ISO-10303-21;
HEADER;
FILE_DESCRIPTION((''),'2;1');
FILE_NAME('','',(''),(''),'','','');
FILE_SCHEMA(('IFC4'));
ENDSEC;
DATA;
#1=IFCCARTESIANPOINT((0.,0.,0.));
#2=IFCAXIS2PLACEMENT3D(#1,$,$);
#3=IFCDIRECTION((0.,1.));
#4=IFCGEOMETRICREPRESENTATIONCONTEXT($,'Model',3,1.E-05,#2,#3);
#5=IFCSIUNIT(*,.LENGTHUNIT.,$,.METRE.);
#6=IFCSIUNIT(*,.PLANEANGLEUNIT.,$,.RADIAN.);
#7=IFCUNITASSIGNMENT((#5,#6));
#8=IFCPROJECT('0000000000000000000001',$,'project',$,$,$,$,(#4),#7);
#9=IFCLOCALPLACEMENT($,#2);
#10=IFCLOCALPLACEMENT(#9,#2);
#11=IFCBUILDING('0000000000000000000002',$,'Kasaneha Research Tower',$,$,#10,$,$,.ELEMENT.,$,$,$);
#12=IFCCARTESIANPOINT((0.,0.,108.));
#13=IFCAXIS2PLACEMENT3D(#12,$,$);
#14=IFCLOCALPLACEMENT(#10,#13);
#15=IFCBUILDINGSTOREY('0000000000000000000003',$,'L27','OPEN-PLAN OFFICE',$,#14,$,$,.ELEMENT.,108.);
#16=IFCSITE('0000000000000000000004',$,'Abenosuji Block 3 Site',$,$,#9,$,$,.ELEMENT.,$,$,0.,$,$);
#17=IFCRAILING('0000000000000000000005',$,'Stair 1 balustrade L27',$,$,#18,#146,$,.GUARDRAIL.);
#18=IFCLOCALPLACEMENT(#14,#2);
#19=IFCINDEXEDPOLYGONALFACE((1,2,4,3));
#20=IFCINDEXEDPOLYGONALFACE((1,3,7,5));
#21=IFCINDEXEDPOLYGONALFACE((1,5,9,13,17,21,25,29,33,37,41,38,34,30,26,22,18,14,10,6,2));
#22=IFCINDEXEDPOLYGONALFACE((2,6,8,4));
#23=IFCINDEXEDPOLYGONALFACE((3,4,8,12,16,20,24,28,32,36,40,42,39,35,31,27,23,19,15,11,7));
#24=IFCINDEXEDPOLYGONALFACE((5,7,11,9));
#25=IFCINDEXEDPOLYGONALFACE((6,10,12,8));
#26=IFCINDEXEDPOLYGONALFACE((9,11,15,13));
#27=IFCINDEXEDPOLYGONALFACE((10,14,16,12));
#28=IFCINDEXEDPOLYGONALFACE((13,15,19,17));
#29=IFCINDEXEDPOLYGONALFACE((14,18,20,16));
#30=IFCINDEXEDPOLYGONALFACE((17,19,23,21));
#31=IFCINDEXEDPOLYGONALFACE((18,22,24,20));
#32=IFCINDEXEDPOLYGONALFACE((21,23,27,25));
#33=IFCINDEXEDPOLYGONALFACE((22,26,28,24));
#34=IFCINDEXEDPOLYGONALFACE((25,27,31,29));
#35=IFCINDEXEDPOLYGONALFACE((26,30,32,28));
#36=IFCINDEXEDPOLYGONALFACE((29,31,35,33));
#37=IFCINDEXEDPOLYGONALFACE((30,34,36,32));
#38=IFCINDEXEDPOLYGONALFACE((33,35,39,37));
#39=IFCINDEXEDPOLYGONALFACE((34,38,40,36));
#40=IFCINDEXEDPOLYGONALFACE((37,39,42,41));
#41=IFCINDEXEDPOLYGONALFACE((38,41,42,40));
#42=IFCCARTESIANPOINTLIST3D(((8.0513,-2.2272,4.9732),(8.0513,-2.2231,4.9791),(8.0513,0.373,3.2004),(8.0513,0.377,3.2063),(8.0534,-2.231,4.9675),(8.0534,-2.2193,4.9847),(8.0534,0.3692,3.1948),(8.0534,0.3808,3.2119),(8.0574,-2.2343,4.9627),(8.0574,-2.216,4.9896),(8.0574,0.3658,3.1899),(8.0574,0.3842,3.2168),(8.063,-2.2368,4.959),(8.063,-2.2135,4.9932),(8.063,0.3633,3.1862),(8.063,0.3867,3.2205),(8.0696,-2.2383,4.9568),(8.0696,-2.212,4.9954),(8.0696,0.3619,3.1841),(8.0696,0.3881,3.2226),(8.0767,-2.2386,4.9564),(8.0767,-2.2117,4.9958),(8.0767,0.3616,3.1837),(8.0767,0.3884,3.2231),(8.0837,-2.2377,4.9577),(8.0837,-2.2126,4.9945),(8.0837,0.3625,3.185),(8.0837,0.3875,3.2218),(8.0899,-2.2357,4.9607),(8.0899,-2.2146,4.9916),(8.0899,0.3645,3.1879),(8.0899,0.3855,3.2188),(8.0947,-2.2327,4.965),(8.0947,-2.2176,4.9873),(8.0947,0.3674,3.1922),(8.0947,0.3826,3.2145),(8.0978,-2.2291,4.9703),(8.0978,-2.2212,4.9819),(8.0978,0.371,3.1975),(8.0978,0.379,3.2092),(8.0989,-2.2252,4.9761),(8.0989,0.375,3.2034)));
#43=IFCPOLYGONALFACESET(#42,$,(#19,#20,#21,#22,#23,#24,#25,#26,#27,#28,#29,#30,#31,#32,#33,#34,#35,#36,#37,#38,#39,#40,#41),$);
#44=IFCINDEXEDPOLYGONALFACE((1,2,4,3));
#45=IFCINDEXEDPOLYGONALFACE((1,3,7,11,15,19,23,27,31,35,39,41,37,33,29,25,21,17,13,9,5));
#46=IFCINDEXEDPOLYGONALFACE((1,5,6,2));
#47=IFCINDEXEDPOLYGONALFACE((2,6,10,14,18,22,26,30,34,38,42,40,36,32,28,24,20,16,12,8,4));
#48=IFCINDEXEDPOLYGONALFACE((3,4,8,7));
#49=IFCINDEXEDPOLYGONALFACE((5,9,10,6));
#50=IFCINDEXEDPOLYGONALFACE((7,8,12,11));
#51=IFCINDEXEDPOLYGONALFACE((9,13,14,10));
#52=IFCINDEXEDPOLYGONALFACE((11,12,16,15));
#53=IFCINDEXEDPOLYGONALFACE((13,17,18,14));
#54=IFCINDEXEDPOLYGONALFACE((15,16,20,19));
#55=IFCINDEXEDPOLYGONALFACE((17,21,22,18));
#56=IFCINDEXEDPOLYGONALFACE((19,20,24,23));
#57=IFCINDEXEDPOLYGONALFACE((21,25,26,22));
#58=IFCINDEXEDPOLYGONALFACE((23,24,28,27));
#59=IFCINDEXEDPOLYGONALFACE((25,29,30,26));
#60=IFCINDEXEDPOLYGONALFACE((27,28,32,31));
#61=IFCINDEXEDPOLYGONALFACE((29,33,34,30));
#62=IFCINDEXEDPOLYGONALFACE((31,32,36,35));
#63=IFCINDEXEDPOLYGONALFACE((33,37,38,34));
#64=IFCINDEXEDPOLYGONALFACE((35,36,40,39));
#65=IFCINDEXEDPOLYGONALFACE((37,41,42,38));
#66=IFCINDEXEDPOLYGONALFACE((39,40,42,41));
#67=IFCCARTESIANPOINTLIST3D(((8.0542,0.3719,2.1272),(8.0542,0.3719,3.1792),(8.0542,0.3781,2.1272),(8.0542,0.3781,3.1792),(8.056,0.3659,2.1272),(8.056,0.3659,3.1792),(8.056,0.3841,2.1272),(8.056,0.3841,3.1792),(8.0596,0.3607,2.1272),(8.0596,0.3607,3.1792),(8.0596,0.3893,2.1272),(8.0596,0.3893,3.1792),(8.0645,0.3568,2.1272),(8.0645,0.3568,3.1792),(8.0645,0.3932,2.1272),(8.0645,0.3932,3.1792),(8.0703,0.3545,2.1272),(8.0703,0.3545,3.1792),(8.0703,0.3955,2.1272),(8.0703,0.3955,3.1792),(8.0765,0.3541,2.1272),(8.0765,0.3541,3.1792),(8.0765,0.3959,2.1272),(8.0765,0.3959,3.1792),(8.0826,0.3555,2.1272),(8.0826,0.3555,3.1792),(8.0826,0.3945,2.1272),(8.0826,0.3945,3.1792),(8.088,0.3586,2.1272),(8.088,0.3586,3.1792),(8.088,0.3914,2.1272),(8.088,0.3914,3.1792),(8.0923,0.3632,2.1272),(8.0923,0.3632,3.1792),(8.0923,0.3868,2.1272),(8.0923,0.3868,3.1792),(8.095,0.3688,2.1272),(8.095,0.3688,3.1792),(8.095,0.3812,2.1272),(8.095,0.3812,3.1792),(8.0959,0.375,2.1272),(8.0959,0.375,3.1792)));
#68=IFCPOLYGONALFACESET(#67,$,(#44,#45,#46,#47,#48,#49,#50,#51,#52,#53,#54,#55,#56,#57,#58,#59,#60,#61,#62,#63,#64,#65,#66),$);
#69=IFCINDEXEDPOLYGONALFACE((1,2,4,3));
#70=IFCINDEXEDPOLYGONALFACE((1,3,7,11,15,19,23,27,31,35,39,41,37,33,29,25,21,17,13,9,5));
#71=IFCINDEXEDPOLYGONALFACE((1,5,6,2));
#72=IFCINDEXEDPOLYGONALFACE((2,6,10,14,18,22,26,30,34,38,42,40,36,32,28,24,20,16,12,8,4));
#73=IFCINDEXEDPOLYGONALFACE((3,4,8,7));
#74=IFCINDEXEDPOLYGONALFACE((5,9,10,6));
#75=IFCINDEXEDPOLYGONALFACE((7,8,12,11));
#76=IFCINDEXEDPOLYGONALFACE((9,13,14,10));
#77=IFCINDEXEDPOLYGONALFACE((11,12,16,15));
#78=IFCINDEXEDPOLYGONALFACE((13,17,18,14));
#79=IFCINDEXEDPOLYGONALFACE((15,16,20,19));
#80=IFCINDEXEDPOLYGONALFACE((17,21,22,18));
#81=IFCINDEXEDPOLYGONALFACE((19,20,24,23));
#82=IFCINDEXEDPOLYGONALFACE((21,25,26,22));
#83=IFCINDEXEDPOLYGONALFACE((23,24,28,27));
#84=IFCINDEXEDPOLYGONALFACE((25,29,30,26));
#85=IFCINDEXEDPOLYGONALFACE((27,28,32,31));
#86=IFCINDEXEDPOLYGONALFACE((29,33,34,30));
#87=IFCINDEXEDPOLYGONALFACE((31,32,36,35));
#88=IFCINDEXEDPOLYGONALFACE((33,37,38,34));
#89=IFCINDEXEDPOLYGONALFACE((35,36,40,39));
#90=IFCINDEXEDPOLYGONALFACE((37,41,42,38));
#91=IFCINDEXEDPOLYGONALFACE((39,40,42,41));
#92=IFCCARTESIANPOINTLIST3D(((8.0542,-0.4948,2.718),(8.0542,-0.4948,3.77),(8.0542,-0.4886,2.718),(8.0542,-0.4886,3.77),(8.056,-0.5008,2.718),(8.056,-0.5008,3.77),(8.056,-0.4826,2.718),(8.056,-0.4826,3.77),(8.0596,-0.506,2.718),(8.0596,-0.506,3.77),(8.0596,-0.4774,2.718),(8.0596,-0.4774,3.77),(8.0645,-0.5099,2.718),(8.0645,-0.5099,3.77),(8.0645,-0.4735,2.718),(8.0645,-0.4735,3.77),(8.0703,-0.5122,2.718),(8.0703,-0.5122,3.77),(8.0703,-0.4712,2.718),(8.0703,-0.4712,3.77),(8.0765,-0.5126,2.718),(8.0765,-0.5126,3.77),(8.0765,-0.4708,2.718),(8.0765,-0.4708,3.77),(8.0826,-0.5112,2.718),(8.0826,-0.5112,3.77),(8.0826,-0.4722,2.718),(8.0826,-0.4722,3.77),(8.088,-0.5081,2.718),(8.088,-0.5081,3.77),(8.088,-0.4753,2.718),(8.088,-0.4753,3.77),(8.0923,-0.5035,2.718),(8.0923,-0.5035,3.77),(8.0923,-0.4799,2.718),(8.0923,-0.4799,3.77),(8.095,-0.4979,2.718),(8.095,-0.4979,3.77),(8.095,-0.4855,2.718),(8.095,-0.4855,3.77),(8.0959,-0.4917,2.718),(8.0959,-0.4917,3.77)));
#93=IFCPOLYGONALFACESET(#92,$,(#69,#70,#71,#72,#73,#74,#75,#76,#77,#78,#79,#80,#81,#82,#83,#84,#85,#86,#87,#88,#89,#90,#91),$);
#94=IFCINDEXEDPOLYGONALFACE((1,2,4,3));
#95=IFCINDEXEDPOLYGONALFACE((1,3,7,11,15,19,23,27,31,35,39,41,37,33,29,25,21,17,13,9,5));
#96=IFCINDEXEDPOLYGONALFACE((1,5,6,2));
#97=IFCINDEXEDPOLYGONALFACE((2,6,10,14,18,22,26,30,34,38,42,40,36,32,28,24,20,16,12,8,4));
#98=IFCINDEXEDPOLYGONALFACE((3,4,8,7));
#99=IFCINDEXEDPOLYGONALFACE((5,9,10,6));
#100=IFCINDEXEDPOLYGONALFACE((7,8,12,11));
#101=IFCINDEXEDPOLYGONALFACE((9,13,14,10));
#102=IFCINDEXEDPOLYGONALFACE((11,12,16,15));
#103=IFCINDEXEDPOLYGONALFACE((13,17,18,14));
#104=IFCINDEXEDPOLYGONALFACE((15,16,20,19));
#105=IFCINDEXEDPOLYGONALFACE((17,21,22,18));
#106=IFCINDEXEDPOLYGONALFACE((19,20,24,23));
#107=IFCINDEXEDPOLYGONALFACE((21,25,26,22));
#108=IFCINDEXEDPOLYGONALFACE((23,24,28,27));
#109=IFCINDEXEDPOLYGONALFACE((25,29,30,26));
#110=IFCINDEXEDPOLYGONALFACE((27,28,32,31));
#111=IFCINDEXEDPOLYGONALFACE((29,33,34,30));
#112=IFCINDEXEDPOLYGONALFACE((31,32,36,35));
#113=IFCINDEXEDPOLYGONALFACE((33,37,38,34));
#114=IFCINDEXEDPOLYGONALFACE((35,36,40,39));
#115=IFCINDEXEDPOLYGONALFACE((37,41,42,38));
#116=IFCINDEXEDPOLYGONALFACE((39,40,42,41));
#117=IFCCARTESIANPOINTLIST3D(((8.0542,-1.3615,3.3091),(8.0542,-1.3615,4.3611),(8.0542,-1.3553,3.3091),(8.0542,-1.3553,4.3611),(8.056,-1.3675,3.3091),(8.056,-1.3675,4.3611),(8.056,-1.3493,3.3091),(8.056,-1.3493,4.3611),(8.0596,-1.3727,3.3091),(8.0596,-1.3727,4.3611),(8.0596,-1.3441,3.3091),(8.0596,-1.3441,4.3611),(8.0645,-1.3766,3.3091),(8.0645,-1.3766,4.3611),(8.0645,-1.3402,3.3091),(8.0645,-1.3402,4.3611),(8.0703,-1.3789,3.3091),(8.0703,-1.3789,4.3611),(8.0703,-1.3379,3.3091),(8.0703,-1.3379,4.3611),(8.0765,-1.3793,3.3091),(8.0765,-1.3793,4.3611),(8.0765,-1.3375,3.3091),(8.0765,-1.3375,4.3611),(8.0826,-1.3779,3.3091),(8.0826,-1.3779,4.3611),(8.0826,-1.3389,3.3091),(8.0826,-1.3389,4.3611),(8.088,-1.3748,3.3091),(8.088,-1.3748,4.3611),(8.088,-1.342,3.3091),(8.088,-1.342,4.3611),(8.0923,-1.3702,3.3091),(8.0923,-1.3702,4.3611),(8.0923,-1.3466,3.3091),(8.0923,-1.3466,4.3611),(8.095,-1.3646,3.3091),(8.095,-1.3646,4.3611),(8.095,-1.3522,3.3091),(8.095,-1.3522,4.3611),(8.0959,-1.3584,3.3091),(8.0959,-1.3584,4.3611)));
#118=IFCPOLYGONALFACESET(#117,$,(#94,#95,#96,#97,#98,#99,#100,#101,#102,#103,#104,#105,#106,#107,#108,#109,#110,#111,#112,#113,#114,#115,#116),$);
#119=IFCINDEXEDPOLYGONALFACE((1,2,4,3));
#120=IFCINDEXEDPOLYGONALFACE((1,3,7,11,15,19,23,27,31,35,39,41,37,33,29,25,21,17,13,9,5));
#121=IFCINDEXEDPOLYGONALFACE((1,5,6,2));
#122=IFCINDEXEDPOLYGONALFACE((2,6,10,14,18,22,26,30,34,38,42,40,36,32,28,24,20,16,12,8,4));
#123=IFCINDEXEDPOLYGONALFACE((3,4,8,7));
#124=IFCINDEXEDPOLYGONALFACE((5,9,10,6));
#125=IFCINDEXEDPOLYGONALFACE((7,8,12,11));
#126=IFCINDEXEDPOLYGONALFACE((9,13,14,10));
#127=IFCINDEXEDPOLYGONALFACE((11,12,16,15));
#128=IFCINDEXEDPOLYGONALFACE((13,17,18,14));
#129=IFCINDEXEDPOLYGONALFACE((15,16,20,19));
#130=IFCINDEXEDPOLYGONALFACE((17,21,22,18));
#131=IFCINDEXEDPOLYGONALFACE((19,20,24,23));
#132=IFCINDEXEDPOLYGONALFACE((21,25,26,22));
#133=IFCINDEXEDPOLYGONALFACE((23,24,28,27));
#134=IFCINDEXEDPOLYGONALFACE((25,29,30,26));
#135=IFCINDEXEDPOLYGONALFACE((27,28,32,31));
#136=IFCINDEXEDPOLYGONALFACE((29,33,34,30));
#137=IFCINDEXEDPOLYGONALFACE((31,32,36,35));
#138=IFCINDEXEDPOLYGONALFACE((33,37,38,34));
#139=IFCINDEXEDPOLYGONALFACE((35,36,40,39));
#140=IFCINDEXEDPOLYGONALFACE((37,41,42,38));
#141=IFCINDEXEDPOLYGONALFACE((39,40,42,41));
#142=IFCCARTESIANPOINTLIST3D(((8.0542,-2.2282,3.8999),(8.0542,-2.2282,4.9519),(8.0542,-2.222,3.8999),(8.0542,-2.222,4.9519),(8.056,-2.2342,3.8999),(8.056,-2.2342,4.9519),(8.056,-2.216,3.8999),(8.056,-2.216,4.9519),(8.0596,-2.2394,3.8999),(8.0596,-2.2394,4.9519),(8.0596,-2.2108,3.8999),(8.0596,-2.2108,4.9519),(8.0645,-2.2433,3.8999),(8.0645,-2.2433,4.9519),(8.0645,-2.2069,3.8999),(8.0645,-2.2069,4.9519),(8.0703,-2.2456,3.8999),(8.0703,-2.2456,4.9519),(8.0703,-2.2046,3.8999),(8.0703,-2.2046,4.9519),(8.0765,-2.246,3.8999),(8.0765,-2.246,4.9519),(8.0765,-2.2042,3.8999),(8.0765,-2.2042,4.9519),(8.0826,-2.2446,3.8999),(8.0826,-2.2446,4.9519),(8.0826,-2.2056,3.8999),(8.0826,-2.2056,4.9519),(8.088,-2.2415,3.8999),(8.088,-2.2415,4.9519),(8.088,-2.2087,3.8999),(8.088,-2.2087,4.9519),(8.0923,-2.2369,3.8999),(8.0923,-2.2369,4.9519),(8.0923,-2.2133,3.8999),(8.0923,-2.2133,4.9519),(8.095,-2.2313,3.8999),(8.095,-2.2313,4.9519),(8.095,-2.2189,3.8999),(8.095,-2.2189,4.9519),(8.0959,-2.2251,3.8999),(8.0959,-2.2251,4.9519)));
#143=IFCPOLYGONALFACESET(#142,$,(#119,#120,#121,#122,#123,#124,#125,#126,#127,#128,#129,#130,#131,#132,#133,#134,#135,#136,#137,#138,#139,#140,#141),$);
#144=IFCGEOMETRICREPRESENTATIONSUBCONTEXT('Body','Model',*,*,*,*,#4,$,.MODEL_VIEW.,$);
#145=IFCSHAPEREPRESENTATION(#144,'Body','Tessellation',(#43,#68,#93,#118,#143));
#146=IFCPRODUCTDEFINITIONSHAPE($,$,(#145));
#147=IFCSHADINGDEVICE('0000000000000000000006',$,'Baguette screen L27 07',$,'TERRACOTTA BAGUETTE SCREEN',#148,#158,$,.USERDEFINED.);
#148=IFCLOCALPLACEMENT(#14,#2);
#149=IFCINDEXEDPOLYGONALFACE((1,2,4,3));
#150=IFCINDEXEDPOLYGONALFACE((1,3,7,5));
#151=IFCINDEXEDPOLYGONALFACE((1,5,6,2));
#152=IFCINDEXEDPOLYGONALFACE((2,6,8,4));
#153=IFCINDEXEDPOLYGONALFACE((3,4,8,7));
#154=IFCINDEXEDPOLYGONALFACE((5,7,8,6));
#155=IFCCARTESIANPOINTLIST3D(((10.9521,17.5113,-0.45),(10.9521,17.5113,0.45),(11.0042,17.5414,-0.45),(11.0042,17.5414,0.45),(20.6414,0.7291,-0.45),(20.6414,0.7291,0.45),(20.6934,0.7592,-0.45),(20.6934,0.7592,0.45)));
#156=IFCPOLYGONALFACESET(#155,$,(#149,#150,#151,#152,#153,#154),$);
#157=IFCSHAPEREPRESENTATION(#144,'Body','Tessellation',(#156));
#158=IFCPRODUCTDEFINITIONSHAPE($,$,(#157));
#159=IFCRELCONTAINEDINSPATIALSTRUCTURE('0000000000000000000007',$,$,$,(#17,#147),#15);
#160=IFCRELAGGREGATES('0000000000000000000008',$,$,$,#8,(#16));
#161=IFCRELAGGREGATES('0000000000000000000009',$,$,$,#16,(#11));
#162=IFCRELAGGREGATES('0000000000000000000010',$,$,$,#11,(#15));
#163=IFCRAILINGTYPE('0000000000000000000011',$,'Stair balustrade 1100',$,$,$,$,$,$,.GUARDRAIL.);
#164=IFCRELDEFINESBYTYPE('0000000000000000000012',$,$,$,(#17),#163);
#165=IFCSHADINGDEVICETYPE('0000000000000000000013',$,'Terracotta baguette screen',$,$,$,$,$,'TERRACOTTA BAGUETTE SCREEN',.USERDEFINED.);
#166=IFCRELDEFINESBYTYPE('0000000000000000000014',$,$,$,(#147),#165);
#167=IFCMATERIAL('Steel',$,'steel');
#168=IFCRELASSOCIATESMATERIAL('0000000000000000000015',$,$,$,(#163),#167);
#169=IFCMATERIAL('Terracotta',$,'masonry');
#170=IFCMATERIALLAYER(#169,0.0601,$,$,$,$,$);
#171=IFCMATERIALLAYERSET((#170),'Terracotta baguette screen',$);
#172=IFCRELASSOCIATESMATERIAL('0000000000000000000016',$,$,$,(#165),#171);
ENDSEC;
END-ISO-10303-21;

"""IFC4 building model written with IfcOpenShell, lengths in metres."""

from ifc_helpers import new_model, si_unit, direction, frame, origin, origin_2d, place, context, subcontext, project, spatial, rectangle, circle, extrude, material, layer, layer_set, type_object, element, save


model = new_model("IFC4")

# Units and contexts
model_context = context("Model", 3, precision=1e-05, world=origin(), true_north=direction((0.0, 1.0)))
body_context = subcontext(model_context, "Body", "Model", "MODEL_VIEW")
ifc_project = project(units=[si_unit("LENGTHUNIT", "METRE"), si_unit("PLANEANGLEUNIT", "RADIAN")], contexts=[model_context])

# Site, building, storey
site_placement = place(None, origin())
site = spatial("IfcSite", under=ifc_project, at=site_placement, Name="Abenosuji Block 3 Site", CompositionType="ELEMENT", RefElevation=0.0)
building_placement = place(site_placement, origin())
building = spatial("IfcBuilding", under=site, at=building_placement, Name="Kasaneha Research Tower", CompositionType="ELEMENT")
storey_placement = place(building_placement, frame((0.0, 0.0, 108.0)))
storey = spatial("IfcBuildingStorey", under=building, at=storey_placement, Name="L27", Description="OPEN-PLAN OFFICE", CompositionType="ELEMENT", Elevation=108.0)

# Railing
ifc_material_1 = material(Name="Steel", Category="steel")
railing_type = type_object("IfcRailingType", Name="Stair balustrade 1100", PredefinedType="GUARDRAIL", material=ifc_material_1)
railing_placement = place(storey_placement, frame((8.075, 0.375, 2.1272)))
element("IfcRailing", 1, at=railing_placement, inside=storey, type_object=railing_type, Name="Stair 1 balustrade L27", PredefinedType="GUARDRAIL", context=body_context, shape_type="SweptSolid", body=[
    extrude(circle(Radius=0.0239, at=origin_2d()), frame((0.0, 0.0, 1.0762), z_axis=(0.0, -0.82624, 0.563318), x_axis=(1.0, 0.0, 0.0)), (0.0, 0.0, 1.0), 3.147),
    extrude(circle(Radius=0.021, at=origin_2d()), origin(), (0.0, 0.0, 1.0), 1.052),
    extrude(circle(Radius=0.021, at=origin_2d()), frame((0.0, -0.8667, 0.5908)), (0.0, 0.0, 1.0), 1.052),
    extrude(circle(Radius=0.021, at=origin_2d()), frame((0.0, -1.7334, 1.1819)), (0.0, 0.0, 1.0), 1.052),
    extrude(circle(Radius=0.021, at=origin_2d()), frame((0.0, -2.6001, 1.7727)), (0.0, 0.0, 1.0), 1.052),
])

# Shading device
ifc_material_2 = material(Name="Terracotta", Category="masonry")
ifc_layer_1 = layer(ifc_material_2, 0.0601)
ifc_layer_set_1 = layer_set([ifc_layer_1], Name="Terracotta baguette screen")
shading_device_type = type_object("IfcShadingDeviceType", Name="Terracotta baguette screen", ElementType="TERRACOTTA BAGUETTE SCREEN", PredefinedType="USERDEFINED", material=ifc_layer_set_1)
shading_device_placement = place(storey_placement, frame((15.8228, 9.1353, -0.45), z_axis=(0.0, 0.0, 1.0), x_axis=(-0.5, 0.866025, 0.0)))
element("IfcShadingDevice", 2, at=shading_device_placement, inside=storey, type_object=shading_device_type, Name="Baguette screen L27 07", ObjectType="TERRACOTTA BAGUETTE SCREEN", PredefinedType="USERDEFINED", context=body_context, shape_type="SweptSolid", body=[
    extrude(rectangle(XDim=19.3784, YDim=0.0601, at=origin_2d()), origin(), (0.0, 0.0, 1.0), 0.8999),
])

save(model, "model.ifc")
